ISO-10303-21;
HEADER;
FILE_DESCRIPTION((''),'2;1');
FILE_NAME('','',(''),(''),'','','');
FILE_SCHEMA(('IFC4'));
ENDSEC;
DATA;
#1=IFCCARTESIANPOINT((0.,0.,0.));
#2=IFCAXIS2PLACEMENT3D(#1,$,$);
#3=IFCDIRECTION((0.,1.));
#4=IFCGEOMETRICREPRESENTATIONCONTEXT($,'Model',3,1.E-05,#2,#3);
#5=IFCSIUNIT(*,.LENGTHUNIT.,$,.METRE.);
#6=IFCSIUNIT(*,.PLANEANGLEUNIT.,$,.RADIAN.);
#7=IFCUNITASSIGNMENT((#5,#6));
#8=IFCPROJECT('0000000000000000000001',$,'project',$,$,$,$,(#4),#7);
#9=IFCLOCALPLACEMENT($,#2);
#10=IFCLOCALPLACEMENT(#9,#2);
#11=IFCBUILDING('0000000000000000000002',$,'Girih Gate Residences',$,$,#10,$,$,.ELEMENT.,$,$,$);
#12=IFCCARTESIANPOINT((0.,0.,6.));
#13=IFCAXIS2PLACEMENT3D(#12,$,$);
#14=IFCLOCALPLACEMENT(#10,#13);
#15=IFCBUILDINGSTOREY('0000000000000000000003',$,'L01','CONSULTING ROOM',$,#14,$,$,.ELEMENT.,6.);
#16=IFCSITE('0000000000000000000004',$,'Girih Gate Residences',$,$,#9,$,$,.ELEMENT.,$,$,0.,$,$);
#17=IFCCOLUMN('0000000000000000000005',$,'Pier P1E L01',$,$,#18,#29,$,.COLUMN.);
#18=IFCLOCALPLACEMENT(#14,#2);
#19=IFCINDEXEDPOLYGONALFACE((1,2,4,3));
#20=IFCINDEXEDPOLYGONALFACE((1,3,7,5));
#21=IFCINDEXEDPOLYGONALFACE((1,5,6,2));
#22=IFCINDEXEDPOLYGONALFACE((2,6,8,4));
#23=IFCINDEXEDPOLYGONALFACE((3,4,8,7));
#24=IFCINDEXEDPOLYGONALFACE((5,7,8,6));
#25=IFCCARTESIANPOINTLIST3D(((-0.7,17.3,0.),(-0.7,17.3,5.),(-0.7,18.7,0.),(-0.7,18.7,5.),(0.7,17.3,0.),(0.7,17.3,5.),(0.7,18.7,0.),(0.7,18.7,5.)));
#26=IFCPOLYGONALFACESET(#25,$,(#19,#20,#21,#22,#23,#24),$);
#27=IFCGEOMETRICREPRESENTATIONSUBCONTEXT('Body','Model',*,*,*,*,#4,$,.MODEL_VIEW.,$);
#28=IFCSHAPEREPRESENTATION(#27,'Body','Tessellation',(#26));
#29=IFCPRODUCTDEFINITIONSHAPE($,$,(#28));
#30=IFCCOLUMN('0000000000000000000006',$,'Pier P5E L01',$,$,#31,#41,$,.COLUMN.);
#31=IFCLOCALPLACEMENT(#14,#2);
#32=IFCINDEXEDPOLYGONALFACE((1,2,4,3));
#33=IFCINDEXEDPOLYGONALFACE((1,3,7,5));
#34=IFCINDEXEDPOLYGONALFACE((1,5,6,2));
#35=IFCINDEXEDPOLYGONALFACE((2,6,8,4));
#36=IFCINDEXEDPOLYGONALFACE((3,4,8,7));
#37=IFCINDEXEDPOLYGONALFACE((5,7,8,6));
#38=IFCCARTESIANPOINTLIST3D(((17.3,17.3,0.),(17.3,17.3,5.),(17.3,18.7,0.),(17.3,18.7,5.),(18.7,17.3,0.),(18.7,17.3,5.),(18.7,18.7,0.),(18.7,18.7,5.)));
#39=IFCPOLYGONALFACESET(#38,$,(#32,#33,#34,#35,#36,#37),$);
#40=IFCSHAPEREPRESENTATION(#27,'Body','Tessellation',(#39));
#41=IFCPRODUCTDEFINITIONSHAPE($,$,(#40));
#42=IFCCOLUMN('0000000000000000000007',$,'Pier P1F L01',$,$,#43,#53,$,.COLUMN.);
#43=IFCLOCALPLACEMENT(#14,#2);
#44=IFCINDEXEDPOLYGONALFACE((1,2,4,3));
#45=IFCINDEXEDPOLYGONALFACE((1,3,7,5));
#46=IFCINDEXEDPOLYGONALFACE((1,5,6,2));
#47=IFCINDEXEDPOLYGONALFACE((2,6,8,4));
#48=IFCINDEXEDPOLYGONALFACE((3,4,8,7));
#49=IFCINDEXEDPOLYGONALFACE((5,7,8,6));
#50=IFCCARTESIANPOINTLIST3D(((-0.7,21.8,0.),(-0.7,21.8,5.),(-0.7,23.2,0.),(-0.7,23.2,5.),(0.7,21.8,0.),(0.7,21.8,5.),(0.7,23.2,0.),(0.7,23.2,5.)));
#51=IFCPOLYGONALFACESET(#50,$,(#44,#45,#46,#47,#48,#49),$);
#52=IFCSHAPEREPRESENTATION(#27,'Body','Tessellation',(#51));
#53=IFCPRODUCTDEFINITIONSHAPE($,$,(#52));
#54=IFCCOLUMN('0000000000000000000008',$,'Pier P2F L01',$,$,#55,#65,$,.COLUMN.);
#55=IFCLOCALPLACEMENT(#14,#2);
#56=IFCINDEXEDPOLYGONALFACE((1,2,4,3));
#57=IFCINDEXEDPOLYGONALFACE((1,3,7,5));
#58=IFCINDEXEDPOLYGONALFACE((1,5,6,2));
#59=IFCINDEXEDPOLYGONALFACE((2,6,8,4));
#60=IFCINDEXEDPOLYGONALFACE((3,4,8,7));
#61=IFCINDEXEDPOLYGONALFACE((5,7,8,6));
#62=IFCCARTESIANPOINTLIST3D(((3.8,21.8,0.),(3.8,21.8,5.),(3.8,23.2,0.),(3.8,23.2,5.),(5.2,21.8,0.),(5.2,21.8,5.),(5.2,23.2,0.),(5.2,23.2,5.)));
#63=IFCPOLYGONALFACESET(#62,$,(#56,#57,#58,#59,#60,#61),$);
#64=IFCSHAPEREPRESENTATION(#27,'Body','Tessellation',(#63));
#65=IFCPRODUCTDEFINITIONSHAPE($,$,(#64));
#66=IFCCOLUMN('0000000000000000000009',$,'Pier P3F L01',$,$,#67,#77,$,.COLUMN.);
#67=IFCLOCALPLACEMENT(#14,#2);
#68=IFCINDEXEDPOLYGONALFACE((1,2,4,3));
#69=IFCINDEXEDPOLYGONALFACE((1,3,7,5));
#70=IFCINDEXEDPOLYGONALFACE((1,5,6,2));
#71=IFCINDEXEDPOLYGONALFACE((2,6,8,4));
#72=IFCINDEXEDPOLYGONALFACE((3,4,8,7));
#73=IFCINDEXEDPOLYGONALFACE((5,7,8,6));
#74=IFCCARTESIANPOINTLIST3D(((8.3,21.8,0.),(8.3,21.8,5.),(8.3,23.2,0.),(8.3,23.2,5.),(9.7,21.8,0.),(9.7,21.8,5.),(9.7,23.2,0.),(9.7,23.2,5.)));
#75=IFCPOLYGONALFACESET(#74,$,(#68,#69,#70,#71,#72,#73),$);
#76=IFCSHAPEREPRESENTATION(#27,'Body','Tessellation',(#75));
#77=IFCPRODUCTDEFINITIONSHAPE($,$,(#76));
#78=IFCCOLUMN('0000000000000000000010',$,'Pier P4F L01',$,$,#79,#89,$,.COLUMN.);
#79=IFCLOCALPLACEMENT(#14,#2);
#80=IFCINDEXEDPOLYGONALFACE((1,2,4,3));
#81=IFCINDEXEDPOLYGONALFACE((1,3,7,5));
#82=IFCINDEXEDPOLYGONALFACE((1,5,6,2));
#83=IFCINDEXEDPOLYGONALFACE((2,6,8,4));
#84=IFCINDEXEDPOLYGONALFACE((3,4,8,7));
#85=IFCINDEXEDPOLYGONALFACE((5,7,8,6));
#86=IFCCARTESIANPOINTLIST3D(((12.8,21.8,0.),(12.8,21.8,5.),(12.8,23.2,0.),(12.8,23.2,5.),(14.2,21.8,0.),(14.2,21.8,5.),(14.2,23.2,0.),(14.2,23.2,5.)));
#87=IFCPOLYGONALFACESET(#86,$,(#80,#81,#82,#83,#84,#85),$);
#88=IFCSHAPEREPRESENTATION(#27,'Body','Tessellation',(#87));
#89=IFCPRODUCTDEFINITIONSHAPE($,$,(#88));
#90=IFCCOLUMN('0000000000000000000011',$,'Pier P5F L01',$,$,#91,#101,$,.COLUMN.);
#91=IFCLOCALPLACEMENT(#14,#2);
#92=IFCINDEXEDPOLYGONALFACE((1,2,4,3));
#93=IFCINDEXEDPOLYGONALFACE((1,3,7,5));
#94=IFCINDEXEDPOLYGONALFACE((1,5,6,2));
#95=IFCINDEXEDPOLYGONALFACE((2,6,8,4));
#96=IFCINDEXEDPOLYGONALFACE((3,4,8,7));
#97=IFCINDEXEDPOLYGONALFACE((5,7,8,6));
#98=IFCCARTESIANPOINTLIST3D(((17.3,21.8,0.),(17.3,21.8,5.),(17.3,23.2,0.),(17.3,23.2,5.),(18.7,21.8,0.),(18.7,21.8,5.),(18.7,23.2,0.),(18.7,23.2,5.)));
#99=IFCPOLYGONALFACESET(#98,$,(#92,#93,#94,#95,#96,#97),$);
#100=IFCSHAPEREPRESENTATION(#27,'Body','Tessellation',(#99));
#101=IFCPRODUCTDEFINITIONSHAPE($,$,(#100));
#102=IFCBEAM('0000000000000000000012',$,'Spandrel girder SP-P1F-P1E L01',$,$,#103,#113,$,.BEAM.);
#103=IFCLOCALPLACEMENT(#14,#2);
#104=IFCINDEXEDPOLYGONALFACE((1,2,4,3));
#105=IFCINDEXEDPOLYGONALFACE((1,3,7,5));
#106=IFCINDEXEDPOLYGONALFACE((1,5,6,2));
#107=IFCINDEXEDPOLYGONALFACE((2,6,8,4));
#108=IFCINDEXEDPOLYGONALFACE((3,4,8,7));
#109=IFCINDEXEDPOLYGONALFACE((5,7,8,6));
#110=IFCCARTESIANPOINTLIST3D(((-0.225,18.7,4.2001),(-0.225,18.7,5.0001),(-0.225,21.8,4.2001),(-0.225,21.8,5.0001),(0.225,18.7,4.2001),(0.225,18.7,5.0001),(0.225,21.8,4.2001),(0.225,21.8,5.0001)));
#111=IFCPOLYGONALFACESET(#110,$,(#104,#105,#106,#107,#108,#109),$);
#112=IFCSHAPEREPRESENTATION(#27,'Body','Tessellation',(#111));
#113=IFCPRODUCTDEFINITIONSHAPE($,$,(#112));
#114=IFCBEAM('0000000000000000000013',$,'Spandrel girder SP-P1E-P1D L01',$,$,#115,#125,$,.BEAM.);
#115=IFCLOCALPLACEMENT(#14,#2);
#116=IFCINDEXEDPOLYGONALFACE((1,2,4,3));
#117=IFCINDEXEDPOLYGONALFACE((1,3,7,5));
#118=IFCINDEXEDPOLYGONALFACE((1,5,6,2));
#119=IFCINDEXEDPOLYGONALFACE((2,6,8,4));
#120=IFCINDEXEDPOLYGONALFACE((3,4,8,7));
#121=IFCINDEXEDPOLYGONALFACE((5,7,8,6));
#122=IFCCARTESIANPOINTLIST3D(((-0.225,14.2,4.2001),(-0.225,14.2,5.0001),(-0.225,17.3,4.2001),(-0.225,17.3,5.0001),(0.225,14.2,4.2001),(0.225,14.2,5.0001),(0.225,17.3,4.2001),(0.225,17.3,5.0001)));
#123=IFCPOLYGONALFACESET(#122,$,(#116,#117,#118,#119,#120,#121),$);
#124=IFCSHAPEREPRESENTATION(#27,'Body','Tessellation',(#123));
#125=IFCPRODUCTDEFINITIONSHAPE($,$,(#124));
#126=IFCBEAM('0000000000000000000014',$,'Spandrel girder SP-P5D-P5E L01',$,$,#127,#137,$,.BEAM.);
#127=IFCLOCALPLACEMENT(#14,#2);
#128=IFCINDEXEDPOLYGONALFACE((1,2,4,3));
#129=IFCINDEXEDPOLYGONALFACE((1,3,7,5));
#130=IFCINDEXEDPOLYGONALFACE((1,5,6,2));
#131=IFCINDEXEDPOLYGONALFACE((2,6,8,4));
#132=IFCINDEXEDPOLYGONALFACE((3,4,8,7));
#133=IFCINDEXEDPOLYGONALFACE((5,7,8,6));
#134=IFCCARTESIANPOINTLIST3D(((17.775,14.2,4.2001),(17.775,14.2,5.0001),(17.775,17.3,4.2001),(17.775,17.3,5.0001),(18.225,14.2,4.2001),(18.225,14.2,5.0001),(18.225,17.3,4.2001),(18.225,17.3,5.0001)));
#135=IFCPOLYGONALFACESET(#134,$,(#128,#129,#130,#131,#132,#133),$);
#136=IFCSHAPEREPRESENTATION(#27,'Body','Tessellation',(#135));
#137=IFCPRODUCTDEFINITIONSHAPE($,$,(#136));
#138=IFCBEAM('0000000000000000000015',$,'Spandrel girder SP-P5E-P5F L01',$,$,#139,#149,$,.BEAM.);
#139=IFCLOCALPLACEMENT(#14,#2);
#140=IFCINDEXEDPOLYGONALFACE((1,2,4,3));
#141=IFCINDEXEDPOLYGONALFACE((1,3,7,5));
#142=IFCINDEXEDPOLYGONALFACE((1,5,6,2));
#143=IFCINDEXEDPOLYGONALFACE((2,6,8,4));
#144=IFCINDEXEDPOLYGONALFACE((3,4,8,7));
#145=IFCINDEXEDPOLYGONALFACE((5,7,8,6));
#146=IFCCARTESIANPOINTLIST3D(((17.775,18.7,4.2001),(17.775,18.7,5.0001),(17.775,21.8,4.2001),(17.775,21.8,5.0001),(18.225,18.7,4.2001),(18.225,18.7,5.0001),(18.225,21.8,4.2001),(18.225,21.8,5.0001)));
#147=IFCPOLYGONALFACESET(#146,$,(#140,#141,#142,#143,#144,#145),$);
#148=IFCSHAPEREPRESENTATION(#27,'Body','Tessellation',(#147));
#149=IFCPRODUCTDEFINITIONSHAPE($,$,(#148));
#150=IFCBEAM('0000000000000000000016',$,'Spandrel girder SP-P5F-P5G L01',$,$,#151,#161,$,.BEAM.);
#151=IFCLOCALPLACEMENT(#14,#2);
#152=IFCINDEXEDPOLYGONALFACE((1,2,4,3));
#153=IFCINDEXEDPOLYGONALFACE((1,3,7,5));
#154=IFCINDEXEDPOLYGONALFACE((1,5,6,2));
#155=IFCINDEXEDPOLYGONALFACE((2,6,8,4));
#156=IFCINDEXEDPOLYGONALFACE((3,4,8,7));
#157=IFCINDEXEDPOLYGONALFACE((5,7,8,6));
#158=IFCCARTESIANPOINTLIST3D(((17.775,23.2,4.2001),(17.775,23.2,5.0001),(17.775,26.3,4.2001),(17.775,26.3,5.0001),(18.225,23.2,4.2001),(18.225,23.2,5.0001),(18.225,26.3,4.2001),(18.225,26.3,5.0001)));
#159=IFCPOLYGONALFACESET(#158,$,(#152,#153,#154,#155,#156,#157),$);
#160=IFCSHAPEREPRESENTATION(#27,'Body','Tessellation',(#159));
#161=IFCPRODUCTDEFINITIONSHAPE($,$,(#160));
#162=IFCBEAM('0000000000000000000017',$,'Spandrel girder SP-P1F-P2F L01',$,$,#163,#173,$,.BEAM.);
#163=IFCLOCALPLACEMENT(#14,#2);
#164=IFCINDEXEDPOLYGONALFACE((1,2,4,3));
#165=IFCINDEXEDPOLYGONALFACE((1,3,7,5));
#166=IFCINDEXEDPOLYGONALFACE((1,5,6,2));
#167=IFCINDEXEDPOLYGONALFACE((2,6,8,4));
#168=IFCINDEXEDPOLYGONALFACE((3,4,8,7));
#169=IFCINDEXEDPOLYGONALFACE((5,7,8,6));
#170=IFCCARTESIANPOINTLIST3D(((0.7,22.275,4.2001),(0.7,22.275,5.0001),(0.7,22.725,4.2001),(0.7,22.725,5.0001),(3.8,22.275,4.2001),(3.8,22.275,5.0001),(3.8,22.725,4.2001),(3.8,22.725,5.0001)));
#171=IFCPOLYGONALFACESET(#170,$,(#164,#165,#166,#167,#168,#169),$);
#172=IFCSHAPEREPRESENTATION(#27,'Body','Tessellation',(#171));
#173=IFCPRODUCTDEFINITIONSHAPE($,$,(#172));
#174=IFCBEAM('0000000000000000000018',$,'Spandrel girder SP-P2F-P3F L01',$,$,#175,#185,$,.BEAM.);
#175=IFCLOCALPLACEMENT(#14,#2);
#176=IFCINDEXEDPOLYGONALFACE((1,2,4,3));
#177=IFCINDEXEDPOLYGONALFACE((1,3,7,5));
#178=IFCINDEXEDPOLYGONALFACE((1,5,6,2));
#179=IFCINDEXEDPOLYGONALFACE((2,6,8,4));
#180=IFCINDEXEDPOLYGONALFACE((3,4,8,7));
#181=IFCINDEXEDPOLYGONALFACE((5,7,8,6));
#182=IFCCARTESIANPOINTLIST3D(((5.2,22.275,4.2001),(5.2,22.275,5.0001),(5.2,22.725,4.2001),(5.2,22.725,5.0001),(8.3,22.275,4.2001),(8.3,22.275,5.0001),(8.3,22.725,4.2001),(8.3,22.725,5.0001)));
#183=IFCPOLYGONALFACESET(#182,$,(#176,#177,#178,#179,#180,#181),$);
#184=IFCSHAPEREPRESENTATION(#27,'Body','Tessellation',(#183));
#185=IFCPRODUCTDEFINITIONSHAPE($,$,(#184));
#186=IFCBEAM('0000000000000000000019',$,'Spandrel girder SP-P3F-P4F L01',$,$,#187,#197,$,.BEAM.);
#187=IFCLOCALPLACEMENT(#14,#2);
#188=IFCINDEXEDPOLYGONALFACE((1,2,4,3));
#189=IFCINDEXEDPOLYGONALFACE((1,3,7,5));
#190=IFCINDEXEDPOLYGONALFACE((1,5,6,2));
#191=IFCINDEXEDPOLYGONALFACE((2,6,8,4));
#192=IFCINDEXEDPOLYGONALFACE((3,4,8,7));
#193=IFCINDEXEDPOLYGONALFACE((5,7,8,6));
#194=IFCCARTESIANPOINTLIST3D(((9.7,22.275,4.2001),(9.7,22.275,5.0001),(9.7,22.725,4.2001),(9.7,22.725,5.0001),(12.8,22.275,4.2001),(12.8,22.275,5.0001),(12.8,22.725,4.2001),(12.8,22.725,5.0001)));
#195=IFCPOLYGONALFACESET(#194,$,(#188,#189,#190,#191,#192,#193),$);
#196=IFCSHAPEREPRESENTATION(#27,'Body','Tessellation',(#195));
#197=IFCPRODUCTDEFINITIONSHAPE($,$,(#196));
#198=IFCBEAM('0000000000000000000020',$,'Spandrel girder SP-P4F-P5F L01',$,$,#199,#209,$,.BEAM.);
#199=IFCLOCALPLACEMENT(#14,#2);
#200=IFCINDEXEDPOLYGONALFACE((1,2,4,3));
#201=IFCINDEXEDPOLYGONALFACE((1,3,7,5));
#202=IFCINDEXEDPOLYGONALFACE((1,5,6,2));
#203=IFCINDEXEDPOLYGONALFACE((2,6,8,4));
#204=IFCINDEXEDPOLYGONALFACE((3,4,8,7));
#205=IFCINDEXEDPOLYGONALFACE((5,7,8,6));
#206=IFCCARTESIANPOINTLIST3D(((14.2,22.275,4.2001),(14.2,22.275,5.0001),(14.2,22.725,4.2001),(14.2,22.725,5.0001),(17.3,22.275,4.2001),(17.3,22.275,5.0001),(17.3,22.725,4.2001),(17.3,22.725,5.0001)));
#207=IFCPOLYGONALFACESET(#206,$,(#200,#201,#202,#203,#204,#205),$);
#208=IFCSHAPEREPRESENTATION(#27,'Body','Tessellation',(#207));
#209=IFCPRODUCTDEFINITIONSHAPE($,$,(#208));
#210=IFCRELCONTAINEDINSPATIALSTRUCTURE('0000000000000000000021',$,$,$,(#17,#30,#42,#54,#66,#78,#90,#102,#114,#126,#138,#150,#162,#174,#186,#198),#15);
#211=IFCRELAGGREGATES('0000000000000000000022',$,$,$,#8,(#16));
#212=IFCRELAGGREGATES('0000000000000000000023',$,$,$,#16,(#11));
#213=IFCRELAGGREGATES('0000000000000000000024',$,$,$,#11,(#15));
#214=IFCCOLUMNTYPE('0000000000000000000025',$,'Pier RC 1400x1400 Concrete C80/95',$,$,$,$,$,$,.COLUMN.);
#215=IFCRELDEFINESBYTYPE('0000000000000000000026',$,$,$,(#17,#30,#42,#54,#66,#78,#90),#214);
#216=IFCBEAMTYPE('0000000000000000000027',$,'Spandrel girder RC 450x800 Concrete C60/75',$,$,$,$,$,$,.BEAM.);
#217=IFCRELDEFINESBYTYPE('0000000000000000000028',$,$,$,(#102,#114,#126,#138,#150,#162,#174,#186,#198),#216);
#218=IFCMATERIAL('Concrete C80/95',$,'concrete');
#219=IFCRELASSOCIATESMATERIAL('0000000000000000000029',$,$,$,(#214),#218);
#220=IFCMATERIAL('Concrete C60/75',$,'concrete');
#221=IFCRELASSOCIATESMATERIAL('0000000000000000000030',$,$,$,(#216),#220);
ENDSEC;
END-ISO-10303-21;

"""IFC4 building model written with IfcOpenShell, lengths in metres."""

from ifc_helpers import new_model, si_unit, direction, frame, origin, origin_2d, place, context, subcontext, project, spatial, rectangle, extrude, material, material_profile, profile_set, type_object, element, save


model = new_model("IFC4")

# Units and contexts
model_context = context("Model", 3, precision=1e-05, world=origin(), true_north=direction((0.0, 1.0)))
body_context = subcontext(model_context, "Body", "Model", "MODEL_VIEW")
ifc_project = project(units=[si_unit("LENGTHUNIT", "METRE"), si_unit("PLANEANGLEUNIT", "RADIAN")], contexts=[model_context])

# Site, building, storey
site_placement = place(None, origin())
site = spatial("IfcSite", under=ifc_project, at=site_placement, Name="Girih Gate Residences", CompositionType="ELEMENT", RefElevation=0.0)
building_placement = place(site_placement, origin())
building = spatial("IfcBuilding", under=site, at=building_placement, Name="Girih Gate Residences", CompositionType="ELEMENT")
storey_placement = place(building_placement, frame((0.0, 0.0, 6.0)))
storey = spatial("IfcBuildingStorey", under=building, at=storey_placement, Name="L01", Description="CONSULTING ROOM", CompositionType="ELEMENT", Elevation=6.0)

# Columns
ifc_material_1 = material(Name="Concrete C80/95", Category="concrete")
ifc_material_profile_1 = material_profile(ifc_material_1, rectangle(XDim=1.3999, YDim=1.3999, at=origin_2d()))
ifc_profile_set_1 = profile_set([ifc_material_profile_1], Name="Concrete C80/95")
column_type = type_object("IfcColumnType", Name="Pier RC 1400x1400 Concrete C80/95", PredefinedType="COLUMN", material=ifc_profile_set_1)
for number, where, z_axis, x_axis, name in (
    (1, (0.0, 18.0, 0.0), (0.0, 0.0, 1.0), (1.0, 0.0, 0.0), "Pier P1E L01"),
    (2, (18.0, 18.0, 0.0), (0.0, 0.0, 1.0), (1.0, 0.0, 0.0), "Pier P5E L01"),
    (3, (0.0, 22.5, 0.0), (0.0, 0.0, 1.0), (1.0, 0.0, 0.0), "Pier P1F L01"),
    (4, (4.5, 22.5, 0.0), (0.0, 0.0, 1.0), (1.0, 0.0, 0.0), "Pier P2F L01"),
    (5, (9.0, 22.5, 0.0), (0.0, 0.0, 1.0), (1.0, 0.0, 0.0), "Pier P3F L01"),
    (6, (13.5, 22.5, 0.0), (0.0, 0.0, 1.0), (1.0, 0.0, 0.0), "Pier P4F L01"),
    (7, (18.0, 22.5, 0.0), (0.0, 0.0, 1.0), (1.0, 0.0, 0.0), "Pier P5F L01"),
):
    element("IfcColumn", number, at=place(storey_placement, frame(where, z_axis=z_axis, x_axis=x_axis)), inside=storey, type_object=column_type, Name=name, PredefinedType="COLUMN", context=body_context, shape_type="SweptSolid", body=[
        extrude(rectangle(XDim=1.3999, YDim=1.3999, at=origin_2d()), origin(), (0.0, 0.0, 1.0), 5.0),
    ])

# Beams
ifc_material_2 = material(Name="Concrete C60/75", Category="concrete")
ifc_material_profile_2 = material_profile(ifc_material_2, rectangle(XDim=0.45, YDim=0.8, at=origin_2d()))
ifc_profile_set_2 = profile_set([ifc_material_profile_2], Name="Concrete C60/75")
beam_type = type_object("IfcBeamType", Name="Spandrel girder RC 450x800 Concrete C60/75", PredefinedType="BEAM", material=ifc_profile_set_2)
for number, where, z_axis, x_axis, name in (
    (8, (0.0, 21.8, 4.6001), (0.0, -1.0, 0.0), (1.0, 0.0, 0.0), "Spandrel girder SP-P1F-P1E L01"),
    (9, (0.0, 17.3, 4.6001), (0.0, -1.0, 0.0), (1.0, 0.0, 0.0), "Spandrel girder SP-P1E-P1D L01"),
    (10, (18.0, 14.2, 4.6001), (0.0, 1.0, 0.0), (-1.0, 0.0, 0.0), "Spandrel girder SP-P5D-P5E L01"),
    (11, (18.0, 18.7, 4.6001), (0.0, 1.0, 0.0), (-1.0, 0.0, 0.0), "Spandrel girder SP-P5E-P5F L01"),
    (12, (18.0, 23.2, 4.6001), (0.0, 1.0, 0.0), (-1.0, 0.0, 0.0), "Spandrel girder SP-P5F-P5G L01"),
    (13, (0.7, 22.5, 4.6001), (1.0, 0.0, 0.0), (0.0, 1.0, 0.0), "Spandrel girder SP-P1F-P2F L01"),
    (14, (5.2, 22.5, 4.6001), (1.0, 0.0, 0.0), (0.0, 1.0, 0.0), "Spandrel girder SP-P2F-P3F L01"),
    (15, (9.7, 22.5, 4.6001), (1.0, 0.0, 0.0), (0.0, 1.0, 0.0), "Spandrel girder SP-P3F-P4F L01"),
    (16, (14.2, 22.5, 4.6001), (1.0, 0.0, 0.0), (0.0, 1.0, 0.0), "Spandrel girder SP-P4F-P5F L01"),
):
    element("IfcBeam", number, at=place(storey_placement, frame(where, z_axis=z_axis, x_axis=x_axis)), inside=storey, type_object=beam_type, Name=name, PredefinedType="BEAM", context=body_context, shape_type="SweptSolid", body=[
        extrude(rectangle(XDim=0.45, YDim=0.8, at=origin_2d()), origin(), (0.0, 0.0, 1.0), 3.1001),
    ])

save(model, "model.ifc")
